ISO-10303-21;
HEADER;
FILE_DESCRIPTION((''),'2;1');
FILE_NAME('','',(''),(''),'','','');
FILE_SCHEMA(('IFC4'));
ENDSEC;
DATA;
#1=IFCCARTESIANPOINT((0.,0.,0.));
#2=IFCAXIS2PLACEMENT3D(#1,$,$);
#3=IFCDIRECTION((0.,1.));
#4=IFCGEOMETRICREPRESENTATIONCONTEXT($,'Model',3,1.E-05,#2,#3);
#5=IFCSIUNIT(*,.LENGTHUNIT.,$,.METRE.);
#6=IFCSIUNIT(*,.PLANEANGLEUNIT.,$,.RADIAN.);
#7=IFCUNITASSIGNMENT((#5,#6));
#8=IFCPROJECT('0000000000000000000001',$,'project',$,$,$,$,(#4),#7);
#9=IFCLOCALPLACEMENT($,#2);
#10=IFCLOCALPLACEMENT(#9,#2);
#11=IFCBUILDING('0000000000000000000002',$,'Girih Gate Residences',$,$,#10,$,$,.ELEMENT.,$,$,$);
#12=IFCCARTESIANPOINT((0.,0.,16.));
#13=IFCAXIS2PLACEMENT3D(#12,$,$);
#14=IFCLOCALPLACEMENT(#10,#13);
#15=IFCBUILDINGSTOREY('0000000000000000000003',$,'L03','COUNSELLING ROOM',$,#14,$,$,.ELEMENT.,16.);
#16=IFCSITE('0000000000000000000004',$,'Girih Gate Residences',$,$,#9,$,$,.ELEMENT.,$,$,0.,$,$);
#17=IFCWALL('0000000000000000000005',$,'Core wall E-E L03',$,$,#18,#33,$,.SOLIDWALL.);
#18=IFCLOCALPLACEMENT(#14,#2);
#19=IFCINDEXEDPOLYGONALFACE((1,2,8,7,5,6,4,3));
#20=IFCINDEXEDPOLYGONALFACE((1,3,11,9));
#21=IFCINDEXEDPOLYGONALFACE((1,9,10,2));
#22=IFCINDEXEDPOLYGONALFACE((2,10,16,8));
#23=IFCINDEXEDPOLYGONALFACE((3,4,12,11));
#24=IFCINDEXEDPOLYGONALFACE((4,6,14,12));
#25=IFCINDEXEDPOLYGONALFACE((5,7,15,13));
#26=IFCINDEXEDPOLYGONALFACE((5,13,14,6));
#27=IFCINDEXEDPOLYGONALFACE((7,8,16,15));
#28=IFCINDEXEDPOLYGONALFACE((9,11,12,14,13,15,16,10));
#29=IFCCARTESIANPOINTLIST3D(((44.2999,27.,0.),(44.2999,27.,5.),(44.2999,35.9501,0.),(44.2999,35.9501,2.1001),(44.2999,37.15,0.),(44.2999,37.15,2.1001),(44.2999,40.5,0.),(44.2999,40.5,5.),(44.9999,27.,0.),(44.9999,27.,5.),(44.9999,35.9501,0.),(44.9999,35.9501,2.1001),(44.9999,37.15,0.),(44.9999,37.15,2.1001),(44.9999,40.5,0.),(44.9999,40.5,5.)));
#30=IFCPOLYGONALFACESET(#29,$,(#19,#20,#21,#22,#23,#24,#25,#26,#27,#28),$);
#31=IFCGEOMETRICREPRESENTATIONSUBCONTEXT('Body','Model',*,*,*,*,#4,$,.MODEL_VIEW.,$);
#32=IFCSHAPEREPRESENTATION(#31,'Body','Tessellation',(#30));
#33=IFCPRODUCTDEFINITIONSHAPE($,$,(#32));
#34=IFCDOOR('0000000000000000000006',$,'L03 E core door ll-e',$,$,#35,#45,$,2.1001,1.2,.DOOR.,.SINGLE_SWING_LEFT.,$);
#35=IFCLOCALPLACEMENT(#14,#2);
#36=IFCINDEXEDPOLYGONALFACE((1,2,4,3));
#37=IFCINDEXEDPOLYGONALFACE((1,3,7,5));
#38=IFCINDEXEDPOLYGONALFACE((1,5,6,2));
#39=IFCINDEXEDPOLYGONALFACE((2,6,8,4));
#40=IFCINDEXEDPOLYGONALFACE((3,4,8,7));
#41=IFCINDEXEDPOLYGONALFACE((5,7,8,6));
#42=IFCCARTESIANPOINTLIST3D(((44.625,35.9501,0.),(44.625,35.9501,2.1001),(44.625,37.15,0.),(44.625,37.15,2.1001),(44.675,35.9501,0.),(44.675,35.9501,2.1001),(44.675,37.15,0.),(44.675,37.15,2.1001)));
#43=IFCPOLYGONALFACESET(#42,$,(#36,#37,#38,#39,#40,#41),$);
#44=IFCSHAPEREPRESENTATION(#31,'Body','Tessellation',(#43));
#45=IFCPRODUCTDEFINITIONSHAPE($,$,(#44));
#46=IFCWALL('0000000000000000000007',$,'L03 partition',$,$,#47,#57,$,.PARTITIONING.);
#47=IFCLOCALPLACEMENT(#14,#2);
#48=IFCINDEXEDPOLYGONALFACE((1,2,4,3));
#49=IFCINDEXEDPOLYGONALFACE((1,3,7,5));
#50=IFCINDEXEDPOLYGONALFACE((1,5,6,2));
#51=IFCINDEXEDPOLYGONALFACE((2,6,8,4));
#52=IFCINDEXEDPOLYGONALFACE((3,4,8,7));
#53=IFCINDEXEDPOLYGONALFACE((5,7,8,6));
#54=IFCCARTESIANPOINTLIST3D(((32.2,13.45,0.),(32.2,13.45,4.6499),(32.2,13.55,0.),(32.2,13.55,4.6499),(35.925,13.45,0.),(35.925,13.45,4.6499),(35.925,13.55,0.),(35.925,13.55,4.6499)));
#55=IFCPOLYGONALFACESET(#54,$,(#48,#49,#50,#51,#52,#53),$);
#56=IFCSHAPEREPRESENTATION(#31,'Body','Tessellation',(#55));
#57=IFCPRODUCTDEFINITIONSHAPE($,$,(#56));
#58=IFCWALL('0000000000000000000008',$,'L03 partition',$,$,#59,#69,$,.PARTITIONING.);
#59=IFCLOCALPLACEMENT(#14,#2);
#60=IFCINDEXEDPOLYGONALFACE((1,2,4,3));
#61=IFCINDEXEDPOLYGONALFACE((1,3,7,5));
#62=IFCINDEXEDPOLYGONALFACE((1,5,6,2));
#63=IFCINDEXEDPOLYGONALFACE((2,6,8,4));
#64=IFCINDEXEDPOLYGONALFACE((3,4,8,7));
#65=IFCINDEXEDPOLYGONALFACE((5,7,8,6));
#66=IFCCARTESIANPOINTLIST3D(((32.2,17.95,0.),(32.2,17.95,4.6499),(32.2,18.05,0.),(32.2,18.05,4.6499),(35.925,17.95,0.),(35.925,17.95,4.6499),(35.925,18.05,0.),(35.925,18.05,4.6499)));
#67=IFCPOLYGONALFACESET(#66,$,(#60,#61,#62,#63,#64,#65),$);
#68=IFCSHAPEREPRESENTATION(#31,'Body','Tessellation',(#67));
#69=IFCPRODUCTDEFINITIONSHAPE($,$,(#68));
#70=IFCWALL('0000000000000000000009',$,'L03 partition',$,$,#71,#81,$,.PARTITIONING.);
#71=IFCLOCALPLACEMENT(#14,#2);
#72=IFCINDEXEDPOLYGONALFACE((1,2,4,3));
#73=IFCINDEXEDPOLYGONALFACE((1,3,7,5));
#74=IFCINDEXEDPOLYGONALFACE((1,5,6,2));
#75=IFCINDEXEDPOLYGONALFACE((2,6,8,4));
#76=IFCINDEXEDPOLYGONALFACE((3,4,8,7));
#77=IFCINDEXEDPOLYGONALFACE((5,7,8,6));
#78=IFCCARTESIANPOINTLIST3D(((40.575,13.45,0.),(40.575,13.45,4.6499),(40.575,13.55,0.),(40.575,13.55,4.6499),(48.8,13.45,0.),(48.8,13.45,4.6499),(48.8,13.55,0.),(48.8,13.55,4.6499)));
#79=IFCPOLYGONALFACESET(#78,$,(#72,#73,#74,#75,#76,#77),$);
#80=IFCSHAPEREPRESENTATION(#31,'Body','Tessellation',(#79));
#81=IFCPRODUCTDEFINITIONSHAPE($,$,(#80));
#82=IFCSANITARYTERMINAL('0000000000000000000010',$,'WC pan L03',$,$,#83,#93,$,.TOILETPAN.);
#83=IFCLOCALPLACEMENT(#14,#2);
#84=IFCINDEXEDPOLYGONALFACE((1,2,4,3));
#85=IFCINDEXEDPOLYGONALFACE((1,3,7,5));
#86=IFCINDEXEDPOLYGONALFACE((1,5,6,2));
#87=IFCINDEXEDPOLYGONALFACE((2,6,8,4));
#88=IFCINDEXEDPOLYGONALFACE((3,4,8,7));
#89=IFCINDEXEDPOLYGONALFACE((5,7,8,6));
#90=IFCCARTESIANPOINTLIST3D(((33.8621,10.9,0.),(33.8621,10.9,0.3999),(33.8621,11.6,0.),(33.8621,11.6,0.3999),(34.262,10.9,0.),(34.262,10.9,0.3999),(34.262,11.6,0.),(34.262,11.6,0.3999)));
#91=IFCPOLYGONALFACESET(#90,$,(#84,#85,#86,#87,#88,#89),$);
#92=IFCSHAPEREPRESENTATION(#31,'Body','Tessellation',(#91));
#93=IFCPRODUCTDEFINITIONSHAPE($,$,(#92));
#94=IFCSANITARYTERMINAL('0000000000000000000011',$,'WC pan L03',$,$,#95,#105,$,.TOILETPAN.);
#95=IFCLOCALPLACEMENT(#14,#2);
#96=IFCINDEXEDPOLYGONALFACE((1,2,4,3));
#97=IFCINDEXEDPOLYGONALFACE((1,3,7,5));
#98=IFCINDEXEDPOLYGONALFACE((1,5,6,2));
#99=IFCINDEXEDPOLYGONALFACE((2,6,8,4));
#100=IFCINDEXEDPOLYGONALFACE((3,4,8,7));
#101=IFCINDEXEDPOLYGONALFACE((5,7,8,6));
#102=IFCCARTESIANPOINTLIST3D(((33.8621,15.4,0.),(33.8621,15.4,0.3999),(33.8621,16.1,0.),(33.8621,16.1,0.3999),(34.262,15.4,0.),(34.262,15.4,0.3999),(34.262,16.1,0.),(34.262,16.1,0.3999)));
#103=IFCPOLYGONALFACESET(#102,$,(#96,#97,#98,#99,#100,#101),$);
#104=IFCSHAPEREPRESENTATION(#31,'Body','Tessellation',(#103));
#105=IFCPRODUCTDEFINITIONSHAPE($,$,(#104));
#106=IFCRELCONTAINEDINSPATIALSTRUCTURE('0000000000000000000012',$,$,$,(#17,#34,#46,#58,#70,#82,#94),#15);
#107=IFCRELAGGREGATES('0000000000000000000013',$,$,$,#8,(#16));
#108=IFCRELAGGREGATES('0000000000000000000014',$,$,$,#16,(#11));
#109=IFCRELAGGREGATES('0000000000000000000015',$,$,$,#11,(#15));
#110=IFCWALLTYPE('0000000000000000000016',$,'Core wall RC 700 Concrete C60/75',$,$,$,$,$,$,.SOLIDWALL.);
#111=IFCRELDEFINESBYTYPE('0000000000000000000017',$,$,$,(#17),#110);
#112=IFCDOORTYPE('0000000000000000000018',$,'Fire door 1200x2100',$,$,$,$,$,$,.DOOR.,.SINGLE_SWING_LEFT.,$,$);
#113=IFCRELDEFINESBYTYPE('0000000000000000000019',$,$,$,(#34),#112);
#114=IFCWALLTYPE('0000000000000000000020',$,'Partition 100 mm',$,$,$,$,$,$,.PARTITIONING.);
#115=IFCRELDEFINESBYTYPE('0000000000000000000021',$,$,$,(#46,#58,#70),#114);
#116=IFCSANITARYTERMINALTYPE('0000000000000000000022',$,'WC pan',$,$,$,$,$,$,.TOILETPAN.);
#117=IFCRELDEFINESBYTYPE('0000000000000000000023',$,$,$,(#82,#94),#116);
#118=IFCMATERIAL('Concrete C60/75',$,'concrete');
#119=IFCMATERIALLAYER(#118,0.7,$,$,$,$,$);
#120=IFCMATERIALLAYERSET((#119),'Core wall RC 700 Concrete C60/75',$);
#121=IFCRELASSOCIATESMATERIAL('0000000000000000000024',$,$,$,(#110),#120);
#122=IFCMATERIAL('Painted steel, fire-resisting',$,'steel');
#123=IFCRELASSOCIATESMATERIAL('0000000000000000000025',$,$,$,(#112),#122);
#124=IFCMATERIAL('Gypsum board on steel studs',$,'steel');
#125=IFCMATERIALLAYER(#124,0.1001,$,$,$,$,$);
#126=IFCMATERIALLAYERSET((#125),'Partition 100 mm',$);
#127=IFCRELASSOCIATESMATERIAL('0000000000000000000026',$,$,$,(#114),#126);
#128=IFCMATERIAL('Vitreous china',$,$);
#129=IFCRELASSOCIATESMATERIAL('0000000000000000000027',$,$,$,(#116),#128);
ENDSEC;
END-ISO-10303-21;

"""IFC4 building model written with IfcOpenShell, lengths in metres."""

from ifc_helpers import new_model, si_unit, direction, frame, frame_2d, origin, origin_2d, place, context, subcontext, project, spatial, rectangle, extrude, material, layer, layer_set, type_object, element, fill, save


model = new_model("IFC4")

# Units and contexts
model_context = context("Model", 3, precision=1e-05, world=origin(), true_north=direction((0.0, 1.0)))
body_context = subcontext(model_context, "Body", "Model", "MODEL_VIEW")
ifc_project = project(units=[si_unit("LENGTHUNIT", "METRE"), si_unit("PLANEANGLEUNIT", "RADIAN")], contexts=[model_context])

# Site, building, storey
site_placement = place(None, origin())
site = spatial("IfcSite", under=ifc_project, at=site_placement, Name="Girih Gate Residences", CompositionType="ELEMENT", RefElevation=0.0)
building_placement = place(site_placement, origin())
building = spatial("IfcBuilding", under=site, at=building_placement, Name="Girih Gate Residences", CompositionType="ELEMENT")
storey_placement = place(building_placement, frame((0.0, 0.0, 16.0)))
storey = spatial("IfcBuildingStorey", under=building, at=storey_placement, Name="L03", Description="COUNSELLING ROOM", CompositionType="ELEMENT", Elevation=16.0)

# Shared definitions
ifc_material_1 = material(Name="Concrete C60/75", Category="concrete")

# Wall, opening, door
ifc_material_2 = material(Name="Gypsum board on steel studs", Category="steel")
ifc_layer_1 = layer(ifc_material_1, 0.7)
ifc_layer_set_1 = layer_set([ifc_layer_1], Name="Core wall RC 700 Concrete C60/75")
wall_type_1 = type_object("IfcWallType", Name="Core wall RC 700 Concrete C60/75", PredefinedType="SOLIDWALL", material=ifc_layer_set_1)
ifc_material_3 = material(Name="Painted steel, fire-resisting", Category="steel")
door_type_1 = type_object("IfcDoorType", Name="Fire door 1200x2100", OperationType="SINGLE_SWING_LEFT", PredefinedType="DOOR", material=ifc_material_3)
wall_1_placement = place(storey_placement, frame((44.6499, 27.0, 0.0), z_axis=(0.0, 0.0, 1.0), x_axis=(0.0, 1.0, 0.0)))
wall_1 = element("IfcWall", 1, at=wall_1_placement, inside=storey, type_object=wall_type_1, Name="Core wall E-E L03", PredefinedType="SOLIDWALL", context=body_context, shape_type="SweptSolid", body=[
    extrude(rectangle(XDim=13.5, YDim=0.7, at=frame_2d((6.75, 0.0))), origin(), (0.0, 0.0, 1.0), 5.0),
])
opening_1_placement = place(wall_1_placement, frame((8.95, 0.0, 0.0)))
opening_1 = element("IfcOpeningElement", 2, at=opening_1_placement, cuts=wall_1, PredefinedType="OPENING", context=body_context, shape_type="SweptSolid", body=[
    extrude(rectangle(XDim=1.2, YDim=2.1001, at=frame_2d((0.6001, 1.05))), frame((0.0, 0.3599, 0.0), z_axis=(0.0, -1.0, 0.0), x_axis=(1.0, 0.0, 0.0)), (0.0, 0.0, 1.0), 0.72),
])
door_1_placement = place(opening_1_placement, origin())
door_1 = element("IfcDoor", 3, at=door_1_placement, inside=storey, type_object=door_type_1, Name="L03 E core door ll-e", OperationType="SINGLE_SWING_LEFT", OverallHeight=2.1001, OverallWidth=1.2, PredefinedType="DOOR", context=body_context, shape_type="SweptSolid", body=[
    extrude(rectangle(XDim=1.2, YDim=2.1001, at=frame_2d((0.6001, 1.05))), frame((0.0, 0.0249, 0.0), z_axis=(0.0, -1.0, 0.0), x_axis=(1.0, 0.0, 0.0)), (0.0, 0.0, 1.0), 0.05),
])
fill(opening_1, door_1)

# Walls
ifc_layer_2 = layer(ifc_material_2, 0.1001)
ifc_layer_set_2 = layer_set([ifc_layer_2], Name="Partition 100 mm")
wall_type_2 = type_object("IfcWallType", Name="Partition 100 mm", PredefinedType="PARTITIONING", material=ifc_layer_set_2)
for number, where, z_axis, x_axis, name in (
    (4, (32.2, 13.5, 0.0), (0.0, 0.0, 1.0), (1.0, 0.0, 0.0), "L03 partition"),
    (5, (32.2, 18.0, 0.0), (0.0, 0.0, 1.0), (1.0, 0.0, 0.0), "L03 partition"),
):
    element("IfcWall", number, at=place(storey_placement, frame(where, z_axis=z_axis, x_axis=x_axis)), inside=storey, type_object=wall_type_2, Name=name, PredefinedType="PARTITIONING", context=body_context, shape_type="SweptSolid", body=[
        extrude(rectangle(XDim=3.7251, YDim=0.1001, at=frame_2d((1.8625, 0.0))), origin(), (0.0, 0.0, 1.0), 4.6499),
    ])
wall_2_placement = place(storey_placement, frame((40.575, 13.5, 0.0), z_axis=(0.0, 0.0, 1.0), x_axis=(1.0, 0.0, 0.0)))
element("IfcWall", 6, at=wall_2_placement, inside=storey, type_object=wall_type_2, Name="L03 partition", PredefinedType="PARTITIONING", context=body_context, shape_type="SweptSolid", body=[
    extrude(rectangle(XDim=8.2251, YDim=0.1001, at=frame_2d((4.1125, 0.0))), origin(), (0.0, 0.0, 1.0), 4.6499),
])

# Sanitary terminals
ifc_material_4 = material(Name="Vitreous china")
sanitary_terminal_type = type_object("IfcSanitaryTerminalType", Name="WC pan", PredefinedType="TOILETPAN", material=ifc_material_4)
for number, where, z_axis, x_axis, name in (
    (7, (34.062, 11.25, 0.0), (0.0, 0.0, 1.0), (1.0, 0.0, 0.0), "WC pan L03"),
    (8, (34.062, 15.75, 0.0), (0.0, 0.0, 1.0), (1.0, 0.0, 0.0), "WC pan L03"),
):
    element("IfcSanitaryTerminal", number, at=place(storey_placement, frame(where, z_axis=z_axis, x_axis=x_axis)), inside=storey, type_object=sanitary_terminal_type, Name=name, PredefinedType="TOILETPAN", context=body_context, shape_type="SweptSolid", body=[
        extrude(rectangle(XDim=0.3999, YDim=0.7, at=origin_2d()), origin(), (0.0, 0.0, 1.0), 0.3999),
    ])

save(model, "model.ifc")
